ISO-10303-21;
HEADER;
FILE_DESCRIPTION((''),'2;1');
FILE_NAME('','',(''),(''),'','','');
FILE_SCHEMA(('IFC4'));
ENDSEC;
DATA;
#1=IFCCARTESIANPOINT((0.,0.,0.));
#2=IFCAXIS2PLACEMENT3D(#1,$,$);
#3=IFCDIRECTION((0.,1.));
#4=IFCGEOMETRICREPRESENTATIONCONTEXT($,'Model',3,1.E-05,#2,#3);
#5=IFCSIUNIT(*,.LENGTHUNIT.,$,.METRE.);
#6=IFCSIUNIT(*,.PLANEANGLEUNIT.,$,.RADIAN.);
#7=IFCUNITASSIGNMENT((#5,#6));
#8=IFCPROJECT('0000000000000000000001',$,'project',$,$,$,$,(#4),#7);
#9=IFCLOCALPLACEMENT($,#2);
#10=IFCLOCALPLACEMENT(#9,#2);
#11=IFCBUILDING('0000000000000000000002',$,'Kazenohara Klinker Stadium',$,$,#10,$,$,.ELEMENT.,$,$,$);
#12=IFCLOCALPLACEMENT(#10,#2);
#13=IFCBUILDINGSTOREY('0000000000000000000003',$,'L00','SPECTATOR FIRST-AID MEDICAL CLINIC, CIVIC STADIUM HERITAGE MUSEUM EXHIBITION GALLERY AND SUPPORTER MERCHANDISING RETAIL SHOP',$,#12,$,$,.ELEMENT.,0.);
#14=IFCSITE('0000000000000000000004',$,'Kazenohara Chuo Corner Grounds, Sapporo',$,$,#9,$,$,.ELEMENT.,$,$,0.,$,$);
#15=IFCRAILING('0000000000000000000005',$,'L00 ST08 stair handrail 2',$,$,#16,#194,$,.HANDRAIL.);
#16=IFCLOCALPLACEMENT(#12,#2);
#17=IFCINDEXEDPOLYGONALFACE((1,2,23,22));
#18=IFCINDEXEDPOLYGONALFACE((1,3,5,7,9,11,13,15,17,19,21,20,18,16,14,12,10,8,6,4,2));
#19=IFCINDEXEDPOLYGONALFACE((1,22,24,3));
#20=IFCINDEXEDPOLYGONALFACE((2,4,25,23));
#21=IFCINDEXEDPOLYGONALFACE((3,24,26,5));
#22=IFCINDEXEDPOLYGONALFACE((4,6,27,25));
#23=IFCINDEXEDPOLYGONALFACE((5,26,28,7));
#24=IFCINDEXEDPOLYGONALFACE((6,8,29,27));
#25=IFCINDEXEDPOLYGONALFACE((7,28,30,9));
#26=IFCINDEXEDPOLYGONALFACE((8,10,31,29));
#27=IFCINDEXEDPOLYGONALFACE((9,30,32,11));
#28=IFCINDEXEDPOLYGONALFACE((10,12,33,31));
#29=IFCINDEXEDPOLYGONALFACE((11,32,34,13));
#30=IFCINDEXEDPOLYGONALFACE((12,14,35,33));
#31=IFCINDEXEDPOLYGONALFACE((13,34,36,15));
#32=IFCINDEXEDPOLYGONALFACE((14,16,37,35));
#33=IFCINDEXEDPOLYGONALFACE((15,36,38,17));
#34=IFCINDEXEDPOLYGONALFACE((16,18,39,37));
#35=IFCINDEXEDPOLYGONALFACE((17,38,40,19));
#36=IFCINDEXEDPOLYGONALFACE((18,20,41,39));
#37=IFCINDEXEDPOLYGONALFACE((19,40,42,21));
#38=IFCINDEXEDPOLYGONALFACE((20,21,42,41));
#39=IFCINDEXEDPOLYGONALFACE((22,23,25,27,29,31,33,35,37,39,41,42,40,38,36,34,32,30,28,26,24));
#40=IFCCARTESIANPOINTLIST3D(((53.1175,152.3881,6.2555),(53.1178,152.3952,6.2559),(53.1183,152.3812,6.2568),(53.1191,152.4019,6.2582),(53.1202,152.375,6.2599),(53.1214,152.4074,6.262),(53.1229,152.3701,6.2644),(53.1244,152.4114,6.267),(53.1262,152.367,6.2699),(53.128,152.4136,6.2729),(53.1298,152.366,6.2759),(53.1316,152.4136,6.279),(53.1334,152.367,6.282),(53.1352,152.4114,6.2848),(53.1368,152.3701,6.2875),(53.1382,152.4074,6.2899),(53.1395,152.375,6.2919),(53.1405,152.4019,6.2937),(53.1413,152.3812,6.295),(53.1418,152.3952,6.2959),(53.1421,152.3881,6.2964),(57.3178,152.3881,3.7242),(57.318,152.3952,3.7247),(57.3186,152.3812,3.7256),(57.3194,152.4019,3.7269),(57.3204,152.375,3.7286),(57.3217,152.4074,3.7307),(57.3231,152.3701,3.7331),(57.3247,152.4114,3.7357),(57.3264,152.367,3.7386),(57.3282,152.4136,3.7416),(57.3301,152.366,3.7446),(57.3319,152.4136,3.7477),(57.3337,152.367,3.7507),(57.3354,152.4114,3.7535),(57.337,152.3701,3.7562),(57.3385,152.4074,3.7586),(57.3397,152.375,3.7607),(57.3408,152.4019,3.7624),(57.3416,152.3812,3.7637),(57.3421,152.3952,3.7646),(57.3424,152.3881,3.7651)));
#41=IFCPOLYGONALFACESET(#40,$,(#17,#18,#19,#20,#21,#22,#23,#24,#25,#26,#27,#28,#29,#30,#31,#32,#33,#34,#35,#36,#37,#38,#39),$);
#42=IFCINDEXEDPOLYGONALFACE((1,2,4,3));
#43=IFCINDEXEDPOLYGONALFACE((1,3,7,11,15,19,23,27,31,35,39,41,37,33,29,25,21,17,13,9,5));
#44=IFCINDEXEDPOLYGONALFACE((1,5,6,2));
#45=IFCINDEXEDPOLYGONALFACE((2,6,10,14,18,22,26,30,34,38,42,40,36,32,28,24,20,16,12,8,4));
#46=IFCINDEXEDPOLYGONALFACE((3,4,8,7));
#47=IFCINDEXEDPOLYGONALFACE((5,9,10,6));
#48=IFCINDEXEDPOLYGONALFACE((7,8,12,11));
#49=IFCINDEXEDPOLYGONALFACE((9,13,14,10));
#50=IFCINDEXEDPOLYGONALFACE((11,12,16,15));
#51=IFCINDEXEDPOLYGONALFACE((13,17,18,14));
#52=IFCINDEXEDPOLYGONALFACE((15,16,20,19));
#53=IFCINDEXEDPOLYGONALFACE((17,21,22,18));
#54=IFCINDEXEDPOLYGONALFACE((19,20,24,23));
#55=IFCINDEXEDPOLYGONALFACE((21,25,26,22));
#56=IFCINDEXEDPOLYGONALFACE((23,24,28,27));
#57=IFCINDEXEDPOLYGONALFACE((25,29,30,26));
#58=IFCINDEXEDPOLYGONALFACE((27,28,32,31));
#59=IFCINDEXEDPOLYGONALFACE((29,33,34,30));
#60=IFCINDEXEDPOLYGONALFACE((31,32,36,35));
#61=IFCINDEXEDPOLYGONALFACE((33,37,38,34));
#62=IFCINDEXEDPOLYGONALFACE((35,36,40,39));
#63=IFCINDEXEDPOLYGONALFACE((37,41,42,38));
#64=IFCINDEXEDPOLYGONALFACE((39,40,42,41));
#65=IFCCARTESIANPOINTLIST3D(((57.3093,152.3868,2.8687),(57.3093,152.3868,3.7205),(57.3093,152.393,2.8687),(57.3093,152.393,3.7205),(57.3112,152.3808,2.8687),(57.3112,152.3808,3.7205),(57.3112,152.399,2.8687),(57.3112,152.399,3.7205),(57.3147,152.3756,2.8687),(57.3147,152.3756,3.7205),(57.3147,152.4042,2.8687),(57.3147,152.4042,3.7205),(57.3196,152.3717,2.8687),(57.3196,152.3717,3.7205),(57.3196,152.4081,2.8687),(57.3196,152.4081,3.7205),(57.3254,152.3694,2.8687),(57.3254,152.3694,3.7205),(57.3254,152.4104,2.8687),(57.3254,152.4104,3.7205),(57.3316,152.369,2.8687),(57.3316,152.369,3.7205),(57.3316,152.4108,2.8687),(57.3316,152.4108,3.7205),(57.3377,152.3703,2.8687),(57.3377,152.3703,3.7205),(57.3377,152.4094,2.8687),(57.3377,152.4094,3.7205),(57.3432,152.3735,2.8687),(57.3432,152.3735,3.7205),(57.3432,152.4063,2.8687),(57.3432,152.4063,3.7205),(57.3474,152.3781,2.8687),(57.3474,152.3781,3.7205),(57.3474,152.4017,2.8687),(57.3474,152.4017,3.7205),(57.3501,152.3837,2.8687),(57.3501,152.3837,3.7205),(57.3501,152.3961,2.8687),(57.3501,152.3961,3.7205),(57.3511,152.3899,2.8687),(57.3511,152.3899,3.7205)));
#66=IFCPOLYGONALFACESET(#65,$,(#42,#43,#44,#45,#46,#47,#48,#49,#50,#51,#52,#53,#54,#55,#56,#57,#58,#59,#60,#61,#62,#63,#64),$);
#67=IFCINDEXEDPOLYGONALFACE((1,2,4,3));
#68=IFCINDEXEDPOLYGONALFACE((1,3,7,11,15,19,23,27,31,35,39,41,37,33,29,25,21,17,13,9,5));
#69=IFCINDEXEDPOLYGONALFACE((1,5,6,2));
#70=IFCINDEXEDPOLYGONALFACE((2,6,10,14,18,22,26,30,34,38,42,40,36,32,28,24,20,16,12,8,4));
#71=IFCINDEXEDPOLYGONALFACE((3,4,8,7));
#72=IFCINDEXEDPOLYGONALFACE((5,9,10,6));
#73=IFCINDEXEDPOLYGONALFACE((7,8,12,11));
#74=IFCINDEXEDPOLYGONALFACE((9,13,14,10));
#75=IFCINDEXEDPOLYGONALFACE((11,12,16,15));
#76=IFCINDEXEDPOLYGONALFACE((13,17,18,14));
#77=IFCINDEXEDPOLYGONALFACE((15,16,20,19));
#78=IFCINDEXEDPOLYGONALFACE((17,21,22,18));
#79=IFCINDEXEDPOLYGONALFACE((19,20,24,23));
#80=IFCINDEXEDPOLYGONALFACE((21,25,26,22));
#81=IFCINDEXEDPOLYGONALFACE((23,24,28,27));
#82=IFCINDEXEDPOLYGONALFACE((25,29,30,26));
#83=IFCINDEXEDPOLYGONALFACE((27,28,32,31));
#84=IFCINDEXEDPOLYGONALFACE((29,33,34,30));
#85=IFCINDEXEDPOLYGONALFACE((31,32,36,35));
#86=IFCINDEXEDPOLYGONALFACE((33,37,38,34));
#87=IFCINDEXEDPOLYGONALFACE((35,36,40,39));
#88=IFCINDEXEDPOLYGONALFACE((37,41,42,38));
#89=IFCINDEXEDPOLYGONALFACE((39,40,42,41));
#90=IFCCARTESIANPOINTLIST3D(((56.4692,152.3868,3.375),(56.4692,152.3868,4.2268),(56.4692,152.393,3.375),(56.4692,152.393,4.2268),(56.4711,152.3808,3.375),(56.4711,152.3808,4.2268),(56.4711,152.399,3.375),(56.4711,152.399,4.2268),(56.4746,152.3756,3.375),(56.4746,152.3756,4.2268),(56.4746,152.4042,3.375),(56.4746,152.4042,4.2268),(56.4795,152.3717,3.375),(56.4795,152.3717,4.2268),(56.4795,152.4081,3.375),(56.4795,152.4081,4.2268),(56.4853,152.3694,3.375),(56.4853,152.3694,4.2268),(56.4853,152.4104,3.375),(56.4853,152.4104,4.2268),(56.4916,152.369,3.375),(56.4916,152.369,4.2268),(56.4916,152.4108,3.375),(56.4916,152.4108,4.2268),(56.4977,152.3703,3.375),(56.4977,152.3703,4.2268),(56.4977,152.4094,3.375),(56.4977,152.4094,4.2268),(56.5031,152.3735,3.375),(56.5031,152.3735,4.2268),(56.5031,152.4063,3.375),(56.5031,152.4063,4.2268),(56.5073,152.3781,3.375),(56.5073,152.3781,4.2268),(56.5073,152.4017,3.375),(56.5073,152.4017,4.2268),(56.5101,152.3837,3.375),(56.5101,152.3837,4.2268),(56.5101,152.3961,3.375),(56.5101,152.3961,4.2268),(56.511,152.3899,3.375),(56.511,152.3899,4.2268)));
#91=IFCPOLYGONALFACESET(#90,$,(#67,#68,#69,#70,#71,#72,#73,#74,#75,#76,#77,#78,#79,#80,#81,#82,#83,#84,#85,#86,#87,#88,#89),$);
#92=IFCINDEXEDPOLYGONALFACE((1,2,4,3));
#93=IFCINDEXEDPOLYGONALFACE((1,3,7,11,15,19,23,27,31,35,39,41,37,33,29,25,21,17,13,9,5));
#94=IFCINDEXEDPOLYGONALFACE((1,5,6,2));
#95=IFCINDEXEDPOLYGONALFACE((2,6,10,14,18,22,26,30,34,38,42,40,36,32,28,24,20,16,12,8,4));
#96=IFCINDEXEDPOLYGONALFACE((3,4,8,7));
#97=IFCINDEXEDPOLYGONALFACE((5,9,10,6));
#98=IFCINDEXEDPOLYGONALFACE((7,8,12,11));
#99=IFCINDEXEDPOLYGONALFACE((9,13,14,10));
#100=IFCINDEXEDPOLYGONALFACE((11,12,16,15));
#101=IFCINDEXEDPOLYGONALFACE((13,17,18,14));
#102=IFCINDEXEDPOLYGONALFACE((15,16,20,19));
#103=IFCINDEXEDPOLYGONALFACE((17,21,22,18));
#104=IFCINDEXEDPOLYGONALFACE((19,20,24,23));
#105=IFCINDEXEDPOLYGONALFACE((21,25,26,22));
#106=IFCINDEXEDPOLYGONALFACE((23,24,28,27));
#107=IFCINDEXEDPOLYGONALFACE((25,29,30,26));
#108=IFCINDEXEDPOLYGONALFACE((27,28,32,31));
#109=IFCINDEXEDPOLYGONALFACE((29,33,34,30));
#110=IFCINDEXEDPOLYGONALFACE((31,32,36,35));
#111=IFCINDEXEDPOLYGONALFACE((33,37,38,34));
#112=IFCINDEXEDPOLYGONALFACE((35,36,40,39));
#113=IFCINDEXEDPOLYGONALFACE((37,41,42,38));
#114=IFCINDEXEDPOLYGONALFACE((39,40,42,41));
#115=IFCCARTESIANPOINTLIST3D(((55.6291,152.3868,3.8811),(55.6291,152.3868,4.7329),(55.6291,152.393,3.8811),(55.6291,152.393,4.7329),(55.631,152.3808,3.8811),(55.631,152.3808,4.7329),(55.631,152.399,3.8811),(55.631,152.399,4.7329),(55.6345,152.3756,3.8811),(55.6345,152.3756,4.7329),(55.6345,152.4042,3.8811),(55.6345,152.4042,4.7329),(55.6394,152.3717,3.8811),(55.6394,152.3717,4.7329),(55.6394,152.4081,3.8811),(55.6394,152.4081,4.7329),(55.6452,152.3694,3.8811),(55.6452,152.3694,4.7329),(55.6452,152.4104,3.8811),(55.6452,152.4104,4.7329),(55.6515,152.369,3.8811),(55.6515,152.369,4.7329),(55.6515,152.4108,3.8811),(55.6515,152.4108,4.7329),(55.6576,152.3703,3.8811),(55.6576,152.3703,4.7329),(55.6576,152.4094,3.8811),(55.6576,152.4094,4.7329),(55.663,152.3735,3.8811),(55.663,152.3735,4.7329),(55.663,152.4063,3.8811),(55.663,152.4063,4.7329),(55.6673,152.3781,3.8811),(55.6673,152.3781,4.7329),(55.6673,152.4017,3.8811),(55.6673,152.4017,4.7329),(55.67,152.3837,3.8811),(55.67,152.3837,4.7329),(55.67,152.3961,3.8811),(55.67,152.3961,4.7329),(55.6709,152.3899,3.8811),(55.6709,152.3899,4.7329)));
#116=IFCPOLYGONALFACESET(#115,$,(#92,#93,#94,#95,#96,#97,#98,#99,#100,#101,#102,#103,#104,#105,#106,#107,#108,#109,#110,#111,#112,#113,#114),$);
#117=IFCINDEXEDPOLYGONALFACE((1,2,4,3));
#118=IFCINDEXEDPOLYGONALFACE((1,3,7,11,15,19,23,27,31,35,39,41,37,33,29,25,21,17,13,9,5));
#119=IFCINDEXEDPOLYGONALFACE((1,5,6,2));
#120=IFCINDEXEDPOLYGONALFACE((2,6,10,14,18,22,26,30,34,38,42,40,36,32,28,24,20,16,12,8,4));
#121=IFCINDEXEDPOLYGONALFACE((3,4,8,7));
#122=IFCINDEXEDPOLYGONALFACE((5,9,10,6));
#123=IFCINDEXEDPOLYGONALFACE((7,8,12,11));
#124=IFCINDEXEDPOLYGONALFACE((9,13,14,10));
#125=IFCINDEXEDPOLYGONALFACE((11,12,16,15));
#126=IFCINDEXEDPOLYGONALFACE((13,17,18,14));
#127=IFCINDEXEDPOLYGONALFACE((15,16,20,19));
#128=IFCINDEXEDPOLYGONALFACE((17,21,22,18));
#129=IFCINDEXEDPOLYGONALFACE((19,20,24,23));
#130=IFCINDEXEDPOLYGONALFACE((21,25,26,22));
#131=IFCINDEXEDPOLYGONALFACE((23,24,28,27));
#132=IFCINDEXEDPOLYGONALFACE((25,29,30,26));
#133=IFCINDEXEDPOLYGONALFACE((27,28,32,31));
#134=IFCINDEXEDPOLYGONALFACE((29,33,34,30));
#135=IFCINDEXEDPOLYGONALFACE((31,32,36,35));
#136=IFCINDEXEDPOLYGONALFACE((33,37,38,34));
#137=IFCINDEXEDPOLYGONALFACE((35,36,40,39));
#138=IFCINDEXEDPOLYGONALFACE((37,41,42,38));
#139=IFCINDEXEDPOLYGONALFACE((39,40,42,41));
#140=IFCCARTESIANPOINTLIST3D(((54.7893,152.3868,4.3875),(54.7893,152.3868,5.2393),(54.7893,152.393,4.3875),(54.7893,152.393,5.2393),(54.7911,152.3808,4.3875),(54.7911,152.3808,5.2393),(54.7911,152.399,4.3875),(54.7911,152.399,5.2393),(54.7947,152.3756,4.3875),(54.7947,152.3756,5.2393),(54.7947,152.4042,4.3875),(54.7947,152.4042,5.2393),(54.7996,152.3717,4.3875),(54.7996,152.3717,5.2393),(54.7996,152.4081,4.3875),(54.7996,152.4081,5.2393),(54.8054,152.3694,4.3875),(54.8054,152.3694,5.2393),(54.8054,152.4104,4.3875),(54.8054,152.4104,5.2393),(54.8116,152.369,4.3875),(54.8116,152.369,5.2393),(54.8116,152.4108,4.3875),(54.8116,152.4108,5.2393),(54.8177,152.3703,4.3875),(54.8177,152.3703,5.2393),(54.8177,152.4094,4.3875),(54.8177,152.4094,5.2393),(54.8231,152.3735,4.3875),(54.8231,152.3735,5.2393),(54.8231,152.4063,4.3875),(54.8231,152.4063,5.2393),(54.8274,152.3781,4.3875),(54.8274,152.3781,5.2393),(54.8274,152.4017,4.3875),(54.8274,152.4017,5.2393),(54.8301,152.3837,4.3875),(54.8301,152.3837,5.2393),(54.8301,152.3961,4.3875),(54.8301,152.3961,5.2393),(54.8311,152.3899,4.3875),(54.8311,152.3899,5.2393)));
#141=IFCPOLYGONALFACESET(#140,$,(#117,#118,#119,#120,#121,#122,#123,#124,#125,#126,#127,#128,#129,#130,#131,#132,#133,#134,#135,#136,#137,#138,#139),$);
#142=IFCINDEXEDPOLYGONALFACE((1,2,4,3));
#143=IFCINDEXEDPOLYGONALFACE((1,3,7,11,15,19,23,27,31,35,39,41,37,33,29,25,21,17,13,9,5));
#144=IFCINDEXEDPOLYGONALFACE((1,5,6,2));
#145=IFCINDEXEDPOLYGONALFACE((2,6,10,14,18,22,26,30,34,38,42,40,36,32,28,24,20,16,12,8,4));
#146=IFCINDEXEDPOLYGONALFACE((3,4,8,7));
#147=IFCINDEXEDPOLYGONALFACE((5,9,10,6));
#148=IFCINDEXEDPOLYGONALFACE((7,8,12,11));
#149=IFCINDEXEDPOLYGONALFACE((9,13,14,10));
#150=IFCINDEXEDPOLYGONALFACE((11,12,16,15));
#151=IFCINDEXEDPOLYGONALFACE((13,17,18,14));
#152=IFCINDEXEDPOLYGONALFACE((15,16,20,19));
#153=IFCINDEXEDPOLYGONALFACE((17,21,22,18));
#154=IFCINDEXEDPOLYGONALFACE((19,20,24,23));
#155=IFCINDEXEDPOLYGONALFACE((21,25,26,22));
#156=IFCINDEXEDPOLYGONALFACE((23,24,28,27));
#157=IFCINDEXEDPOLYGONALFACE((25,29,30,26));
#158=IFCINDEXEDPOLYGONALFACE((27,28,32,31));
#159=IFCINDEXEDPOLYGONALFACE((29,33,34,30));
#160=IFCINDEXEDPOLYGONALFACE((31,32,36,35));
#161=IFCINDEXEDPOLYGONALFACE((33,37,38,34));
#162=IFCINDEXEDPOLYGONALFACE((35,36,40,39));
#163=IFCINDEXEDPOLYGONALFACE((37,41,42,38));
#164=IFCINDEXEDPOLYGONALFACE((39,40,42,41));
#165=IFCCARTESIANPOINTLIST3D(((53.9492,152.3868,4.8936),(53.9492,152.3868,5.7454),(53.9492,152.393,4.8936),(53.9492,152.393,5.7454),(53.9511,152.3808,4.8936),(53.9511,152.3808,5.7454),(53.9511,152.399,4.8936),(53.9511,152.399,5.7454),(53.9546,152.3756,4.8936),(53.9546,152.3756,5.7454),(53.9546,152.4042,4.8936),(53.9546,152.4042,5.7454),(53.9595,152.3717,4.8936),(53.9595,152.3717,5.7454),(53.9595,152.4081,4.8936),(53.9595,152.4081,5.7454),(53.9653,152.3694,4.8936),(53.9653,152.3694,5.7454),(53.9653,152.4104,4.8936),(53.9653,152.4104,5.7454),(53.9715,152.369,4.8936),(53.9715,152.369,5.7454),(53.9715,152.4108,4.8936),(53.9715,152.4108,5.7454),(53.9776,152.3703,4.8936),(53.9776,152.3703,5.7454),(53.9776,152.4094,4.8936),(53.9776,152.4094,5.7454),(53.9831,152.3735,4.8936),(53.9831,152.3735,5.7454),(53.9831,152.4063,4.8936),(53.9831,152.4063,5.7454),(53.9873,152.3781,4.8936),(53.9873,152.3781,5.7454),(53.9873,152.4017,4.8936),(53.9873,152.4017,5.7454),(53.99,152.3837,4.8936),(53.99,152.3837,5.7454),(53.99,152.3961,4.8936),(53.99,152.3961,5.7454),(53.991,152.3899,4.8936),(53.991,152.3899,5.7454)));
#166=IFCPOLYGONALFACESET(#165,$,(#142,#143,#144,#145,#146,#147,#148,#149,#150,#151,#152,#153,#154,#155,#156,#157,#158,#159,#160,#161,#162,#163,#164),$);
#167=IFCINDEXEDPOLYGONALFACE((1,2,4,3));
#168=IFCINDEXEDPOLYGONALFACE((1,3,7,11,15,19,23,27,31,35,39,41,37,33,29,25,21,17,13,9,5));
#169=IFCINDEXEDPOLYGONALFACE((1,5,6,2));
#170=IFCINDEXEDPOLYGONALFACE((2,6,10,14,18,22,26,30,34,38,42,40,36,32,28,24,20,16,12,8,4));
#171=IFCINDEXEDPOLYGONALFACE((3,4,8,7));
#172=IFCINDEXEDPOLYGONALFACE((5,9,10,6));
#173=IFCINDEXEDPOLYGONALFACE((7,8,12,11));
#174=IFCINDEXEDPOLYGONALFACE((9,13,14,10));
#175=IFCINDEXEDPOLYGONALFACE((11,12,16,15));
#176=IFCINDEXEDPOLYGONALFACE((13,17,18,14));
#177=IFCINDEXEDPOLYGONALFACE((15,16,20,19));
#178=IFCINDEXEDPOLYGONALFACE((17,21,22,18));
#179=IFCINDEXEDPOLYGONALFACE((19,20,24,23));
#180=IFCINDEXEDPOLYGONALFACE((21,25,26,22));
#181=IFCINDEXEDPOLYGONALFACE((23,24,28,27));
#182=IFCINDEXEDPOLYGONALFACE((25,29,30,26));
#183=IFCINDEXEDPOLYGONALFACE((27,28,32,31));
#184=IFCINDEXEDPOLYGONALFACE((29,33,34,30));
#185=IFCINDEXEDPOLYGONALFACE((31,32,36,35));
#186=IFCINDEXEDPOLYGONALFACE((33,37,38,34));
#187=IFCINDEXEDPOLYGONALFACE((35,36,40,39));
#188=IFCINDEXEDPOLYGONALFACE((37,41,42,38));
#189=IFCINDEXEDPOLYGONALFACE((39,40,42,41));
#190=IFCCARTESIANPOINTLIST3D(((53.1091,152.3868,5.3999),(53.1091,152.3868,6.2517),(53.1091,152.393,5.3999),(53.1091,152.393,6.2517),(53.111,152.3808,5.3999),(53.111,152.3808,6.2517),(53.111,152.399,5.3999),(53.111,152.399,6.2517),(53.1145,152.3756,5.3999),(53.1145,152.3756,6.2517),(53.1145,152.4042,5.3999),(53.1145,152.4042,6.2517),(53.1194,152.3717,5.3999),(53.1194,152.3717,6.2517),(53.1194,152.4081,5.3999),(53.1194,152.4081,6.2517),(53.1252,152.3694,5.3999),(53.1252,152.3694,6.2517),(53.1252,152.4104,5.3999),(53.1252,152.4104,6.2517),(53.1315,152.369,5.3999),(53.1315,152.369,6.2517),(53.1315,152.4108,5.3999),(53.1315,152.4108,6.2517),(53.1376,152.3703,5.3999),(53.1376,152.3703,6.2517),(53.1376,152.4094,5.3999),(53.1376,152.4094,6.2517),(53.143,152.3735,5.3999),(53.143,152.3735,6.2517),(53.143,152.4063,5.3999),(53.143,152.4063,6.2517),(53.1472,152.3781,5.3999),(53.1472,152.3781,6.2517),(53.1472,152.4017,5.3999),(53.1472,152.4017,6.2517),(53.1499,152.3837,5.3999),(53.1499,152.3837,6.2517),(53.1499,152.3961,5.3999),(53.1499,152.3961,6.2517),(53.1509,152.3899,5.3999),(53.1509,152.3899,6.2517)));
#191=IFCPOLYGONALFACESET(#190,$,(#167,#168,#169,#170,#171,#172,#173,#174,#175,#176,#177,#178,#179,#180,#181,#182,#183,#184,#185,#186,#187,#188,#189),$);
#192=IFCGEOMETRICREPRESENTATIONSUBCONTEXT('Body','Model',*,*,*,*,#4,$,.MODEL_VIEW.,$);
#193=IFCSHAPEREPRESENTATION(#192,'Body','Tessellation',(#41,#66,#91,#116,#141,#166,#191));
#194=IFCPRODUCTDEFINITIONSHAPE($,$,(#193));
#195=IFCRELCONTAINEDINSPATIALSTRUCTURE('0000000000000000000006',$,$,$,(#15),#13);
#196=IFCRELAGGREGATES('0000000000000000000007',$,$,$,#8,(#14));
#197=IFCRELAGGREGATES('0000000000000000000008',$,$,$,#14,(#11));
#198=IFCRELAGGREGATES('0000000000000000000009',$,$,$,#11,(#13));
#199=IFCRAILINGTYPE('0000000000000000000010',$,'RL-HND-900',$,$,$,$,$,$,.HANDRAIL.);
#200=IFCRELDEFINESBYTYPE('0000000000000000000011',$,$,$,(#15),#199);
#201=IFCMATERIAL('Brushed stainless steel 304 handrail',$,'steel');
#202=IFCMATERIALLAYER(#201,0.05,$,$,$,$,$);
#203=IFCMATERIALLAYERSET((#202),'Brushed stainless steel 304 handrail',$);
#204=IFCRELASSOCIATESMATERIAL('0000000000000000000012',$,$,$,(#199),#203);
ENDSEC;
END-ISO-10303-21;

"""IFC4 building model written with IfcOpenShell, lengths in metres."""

from ifc_helpers import new_model, si_unit, direction, frame, origin, origin_2d, place, context, subcontext, project, spatial, circle, extrude, material, layer, layer_set, type_object, element, save


model = new_model("IFC4")

# Units and contexts
model_context = context("Model", 3, precision=1e-05, world=origin(), true_north=direction((0.0, 1.0)))
body_context = subcontext(model_context, "Body", "Model", "MODEL_VIEW")
ifc_project = project(units=[si_unit("LENGTHUNIT", "METRE"), si_unit("PLANEANGLEUNIT", "RADIAN")], contexts=[model_context])

# Site, building, storey
site_placement = place(None, origin())
site = spatial("IfcSite", under=ifc_project, at=site_placement, Name="Kazenohara Chuo Corner Grounds, Sapporo", CompositionType="ELEMENT", RefElevation=0.0)
building_placement = place(site_placement, origin())
building = spatial("IfcBuilding", under=site, at=building_placement, Name="Kazenohara Klinker Stadium", CompositionType="ELEMENT")
storey_placement = place(building_placement, origin())
storey = spatial("IfcBuildingStorey", under=building, at=storey_placement, Name="L00", Description="SPECTATOR FIRST-AID MEDICAL CLINIC, CIVIC STADIUM HERITAGE MUSEUM EXHIBITION GALLERY AND SUPPORTER MERCHANDISING RETAIL SHOP", CompositionType="ELEMENT", Elevation=0.0)

# Railing
ifc_material_1 = material(Name="Brushed stainless steel 304 handrail", Category="steel")
ifc_layer_1 = layer(ifc_material_1, 0.05)
ifc_layer_set_1 = layer_set([ifc_layer_1], Name="Brushed stainless steel 304 handrail")
railing_type_1 = type_object("IfcRailingType", Name="RL-HND-900", PredefinedType="HANDRAIL", material=ifc_layer_set_1)
railing_1_placement = place(storey_placement, frame((57.3301, 152.3899, 2.8687)))
element("IfcRailing", 1, at=railing_1_placement, inside=storey, type_object=railing_type_1, Name="L00 ST08 stair handrail 2", PredefinedType="HANDRAIL", context=body_context, shape_type="SweptSolid", body=[
    extrude(circle(Radius=0.0239, at=origin_2d()), frame((0.0, 0.0, 0.876), z_axis=(-0.85649, 0.0, 0.516164), x_axis=(0.0, -1.0, 0.0)), (0.0, 0.0, 1.0), 4.9041),
    extrude(circle(Radius=0.021, at=origin_2d()), origin(), (0.0, 0.0, 1.0), 0.8518),
    extrude(circle(Radius=0.021, at=origin_2d()), frame((-0.8401, 0.0, 0.5063)), (0.0, 0.0, 1.0), 0.8518),
    extrude(circle(Radius=0.021, at=origin_2d()), frame((-1.6802, 0.0, 1.0125)), (0.0, 0.0, 1.0), 0.8518),
    extrude(circle(Radius=0.021, at=origin_2d()), frame((-2.52, 0.0, 1.5188)), (0.0, 0.0, 1.0), 0.8518),
    extrude(circle(Radius=0.021, at=origin_2d()), frame((-3.3601, 0.0, 2.0249)), (0.0, 0.0, 1.0), 0.8518),
    extrude(circle(Radius=0.021, at=origin_2d()), frame((-4.2002, 0.0, 2.5312)), (0.0, 0.0, 1.0), 0.8518),
])

save(model, "model.ifc")
